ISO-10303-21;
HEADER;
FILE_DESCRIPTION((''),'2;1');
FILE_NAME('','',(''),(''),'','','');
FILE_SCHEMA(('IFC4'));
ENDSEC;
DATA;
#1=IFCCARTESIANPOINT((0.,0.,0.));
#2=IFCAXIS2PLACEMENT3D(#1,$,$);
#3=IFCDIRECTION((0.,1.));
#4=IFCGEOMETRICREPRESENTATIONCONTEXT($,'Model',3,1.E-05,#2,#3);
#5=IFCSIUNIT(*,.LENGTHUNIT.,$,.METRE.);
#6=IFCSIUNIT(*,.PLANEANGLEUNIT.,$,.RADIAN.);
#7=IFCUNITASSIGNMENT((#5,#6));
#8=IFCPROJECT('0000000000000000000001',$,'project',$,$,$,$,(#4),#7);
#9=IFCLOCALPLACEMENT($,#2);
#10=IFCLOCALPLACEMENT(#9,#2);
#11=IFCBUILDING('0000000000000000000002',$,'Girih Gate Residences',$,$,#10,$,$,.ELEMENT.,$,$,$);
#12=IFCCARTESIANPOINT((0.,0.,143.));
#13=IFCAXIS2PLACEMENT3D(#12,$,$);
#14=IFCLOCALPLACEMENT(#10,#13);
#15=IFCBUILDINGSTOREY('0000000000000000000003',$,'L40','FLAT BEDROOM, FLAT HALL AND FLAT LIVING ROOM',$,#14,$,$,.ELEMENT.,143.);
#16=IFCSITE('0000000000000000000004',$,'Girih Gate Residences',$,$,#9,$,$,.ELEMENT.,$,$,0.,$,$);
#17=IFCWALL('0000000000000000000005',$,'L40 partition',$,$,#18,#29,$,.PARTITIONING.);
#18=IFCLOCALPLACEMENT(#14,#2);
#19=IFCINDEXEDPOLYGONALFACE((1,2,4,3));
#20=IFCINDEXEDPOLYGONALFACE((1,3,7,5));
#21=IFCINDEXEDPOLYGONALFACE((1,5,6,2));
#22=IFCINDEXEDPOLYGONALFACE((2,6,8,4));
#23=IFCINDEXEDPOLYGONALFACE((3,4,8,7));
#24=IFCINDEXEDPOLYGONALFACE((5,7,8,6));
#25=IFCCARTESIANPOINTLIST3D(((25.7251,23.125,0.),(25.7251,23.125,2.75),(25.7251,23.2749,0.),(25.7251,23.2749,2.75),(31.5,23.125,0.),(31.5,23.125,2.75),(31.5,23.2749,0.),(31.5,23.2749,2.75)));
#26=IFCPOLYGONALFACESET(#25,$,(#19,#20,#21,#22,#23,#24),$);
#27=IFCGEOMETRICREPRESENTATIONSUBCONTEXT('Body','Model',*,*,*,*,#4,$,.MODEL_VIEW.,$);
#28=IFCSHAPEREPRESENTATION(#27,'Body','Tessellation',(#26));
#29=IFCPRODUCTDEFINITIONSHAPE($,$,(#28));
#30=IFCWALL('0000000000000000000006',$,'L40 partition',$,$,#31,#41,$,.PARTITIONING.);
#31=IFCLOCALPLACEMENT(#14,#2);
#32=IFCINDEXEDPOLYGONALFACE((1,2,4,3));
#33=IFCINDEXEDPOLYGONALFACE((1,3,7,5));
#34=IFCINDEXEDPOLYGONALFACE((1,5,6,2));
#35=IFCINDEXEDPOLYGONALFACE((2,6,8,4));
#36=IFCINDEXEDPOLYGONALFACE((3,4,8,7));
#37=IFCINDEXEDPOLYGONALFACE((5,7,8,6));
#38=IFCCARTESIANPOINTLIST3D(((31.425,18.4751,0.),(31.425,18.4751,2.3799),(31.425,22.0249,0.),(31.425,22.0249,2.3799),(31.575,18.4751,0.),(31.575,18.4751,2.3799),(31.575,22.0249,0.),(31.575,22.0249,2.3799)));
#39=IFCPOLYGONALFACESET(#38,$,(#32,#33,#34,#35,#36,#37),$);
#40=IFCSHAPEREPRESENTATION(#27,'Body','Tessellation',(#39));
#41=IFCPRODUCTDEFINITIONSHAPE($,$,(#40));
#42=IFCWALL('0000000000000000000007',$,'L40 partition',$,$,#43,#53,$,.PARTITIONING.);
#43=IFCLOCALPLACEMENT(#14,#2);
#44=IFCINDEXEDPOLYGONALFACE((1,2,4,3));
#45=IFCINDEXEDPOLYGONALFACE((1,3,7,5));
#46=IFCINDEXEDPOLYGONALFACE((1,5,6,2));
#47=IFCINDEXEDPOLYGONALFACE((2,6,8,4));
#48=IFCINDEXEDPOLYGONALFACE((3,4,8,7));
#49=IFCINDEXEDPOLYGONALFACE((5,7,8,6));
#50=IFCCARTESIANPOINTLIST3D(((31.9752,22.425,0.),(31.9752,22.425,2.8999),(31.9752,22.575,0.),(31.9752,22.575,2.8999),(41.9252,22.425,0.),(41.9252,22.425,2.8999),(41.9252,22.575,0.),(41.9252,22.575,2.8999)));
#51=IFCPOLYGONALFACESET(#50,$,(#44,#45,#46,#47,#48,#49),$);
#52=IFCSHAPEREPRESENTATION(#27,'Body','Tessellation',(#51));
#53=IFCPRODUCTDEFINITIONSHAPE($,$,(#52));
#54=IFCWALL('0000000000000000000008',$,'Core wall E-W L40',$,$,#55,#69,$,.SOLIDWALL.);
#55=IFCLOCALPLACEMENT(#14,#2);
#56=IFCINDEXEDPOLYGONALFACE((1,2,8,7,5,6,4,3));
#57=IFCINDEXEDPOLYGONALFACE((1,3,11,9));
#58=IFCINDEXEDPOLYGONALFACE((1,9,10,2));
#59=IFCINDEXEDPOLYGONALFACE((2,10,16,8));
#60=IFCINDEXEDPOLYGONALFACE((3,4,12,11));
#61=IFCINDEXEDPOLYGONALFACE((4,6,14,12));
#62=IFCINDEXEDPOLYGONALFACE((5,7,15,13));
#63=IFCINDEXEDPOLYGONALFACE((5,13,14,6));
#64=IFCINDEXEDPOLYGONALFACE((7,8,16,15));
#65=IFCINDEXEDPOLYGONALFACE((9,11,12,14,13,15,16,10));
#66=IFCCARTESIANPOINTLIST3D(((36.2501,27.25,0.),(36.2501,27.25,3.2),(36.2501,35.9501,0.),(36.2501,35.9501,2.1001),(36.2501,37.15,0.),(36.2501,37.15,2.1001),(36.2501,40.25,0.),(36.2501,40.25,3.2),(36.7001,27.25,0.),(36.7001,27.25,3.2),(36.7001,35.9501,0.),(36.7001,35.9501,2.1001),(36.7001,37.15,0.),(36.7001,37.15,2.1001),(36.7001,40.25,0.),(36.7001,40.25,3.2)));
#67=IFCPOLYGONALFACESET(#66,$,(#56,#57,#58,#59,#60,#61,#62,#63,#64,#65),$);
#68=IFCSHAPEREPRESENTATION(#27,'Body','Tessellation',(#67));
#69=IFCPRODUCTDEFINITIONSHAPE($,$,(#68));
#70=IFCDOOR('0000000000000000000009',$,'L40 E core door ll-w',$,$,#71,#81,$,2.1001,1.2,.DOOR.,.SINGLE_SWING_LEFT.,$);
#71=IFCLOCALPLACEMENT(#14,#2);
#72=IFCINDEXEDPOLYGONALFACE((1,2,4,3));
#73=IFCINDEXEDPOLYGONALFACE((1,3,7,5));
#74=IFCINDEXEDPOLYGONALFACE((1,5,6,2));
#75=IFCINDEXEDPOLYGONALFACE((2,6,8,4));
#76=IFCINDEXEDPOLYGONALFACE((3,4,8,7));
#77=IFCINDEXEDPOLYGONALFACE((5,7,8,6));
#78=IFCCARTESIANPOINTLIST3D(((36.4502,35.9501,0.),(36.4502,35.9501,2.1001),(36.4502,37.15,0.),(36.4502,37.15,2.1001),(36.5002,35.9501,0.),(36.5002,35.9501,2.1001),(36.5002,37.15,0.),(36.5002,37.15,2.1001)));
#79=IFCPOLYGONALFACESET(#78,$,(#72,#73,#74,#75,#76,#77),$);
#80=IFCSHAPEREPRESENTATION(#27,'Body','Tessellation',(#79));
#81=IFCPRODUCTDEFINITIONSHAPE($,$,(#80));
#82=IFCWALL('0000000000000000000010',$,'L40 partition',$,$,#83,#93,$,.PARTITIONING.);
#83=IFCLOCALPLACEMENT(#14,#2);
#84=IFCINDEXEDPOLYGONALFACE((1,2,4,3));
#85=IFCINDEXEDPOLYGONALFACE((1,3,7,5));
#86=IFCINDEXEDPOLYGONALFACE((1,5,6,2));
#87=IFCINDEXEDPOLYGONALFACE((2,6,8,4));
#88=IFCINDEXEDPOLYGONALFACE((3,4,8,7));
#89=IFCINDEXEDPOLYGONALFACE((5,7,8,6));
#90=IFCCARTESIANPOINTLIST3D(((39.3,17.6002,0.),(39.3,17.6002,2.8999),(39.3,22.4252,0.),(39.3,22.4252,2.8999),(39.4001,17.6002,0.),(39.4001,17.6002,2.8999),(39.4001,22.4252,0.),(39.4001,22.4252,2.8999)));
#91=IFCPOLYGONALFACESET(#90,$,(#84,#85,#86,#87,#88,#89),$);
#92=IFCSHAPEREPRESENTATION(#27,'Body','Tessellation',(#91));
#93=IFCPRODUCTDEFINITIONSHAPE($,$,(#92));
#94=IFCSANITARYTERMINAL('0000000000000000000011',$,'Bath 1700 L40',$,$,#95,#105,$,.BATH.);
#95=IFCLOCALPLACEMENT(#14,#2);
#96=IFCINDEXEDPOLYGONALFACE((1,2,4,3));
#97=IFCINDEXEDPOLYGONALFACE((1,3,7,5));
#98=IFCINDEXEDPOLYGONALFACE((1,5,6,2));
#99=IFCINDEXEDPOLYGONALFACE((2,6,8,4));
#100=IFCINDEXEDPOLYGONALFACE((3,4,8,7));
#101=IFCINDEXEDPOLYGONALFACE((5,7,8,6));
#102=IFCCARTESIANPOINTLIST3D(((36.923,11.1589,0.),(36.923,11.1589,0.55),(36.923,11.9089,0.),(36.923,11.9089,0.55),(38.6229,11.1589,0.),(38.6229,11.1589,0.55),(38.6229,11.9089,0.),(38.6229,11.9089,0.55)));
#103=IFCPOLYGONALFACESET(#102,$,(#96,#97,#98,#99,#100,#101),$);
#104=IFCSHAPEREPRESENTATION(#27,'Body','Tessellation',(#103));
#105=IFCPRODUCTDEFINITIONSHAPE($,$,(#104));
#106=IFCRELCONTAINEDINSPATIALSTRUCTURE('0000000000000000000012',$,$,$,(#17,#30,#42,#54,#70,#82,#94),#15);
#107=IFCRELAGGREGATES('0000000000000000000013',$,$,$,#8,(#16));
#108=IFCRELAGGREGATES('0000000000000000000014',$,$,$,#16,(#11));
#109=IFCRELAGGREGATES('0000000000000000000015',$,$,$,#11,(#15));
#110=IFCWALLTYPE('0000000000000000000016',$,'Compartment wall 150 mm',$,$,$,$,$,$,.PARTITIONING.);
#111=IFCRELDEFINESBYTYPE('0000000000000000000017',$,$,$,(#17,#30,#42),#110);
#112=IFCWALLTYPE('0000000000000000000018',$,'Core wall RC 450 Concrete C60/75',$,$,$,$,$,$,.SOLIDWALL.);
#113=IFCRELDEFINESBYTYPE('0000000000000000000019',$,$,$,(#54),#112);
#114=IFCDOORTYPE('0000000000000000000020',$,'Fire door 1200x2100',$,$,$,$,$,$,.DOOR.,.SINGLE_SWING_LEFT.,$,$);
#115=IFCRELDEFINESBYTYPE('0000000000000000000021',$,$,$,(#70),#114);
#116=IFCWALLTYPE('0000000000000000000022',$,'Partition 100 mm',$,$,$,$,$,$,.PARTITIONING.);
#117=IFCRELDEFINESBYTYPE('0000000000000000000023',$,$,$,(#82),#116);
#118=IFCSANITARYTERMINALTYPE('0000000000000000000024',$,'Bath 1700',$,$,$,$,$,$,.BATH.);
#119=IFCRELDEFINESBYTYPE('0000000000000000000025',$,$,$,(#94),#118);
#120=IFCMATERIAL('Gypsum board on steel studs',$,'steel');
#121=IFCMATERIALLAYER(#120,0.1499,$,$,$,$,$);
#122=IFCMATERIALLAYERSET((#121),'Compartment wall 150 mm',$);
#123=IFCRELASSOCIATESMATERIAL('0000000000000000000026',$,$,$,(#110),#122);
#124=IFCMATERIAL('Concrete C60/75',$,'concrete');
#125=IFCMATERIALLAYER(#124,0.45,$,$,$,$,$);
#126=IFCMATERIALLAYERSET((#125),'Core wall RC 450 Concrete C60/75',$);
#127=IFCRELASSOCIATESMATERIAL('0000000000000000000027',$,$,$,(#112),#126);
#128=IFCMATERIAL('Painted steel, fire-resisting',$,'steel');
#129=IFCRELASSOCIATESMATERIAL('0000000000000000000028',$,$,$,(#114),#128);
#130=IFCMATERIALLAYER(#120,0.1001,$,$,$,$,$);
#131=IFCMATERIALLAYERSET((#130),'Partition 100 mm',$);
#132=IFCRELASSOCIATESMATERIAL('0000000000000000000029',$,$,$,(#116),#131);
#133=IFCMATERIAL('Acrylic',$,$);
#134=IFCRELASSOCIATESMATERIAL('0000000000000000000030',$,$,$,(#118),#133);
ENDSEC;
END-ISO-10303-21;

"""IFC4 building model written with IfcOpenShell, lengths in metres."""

from ifc_helpers import new_model, si_unit, direction, frame, frame_2d, origin, origin_2d, place, context, subcontext, project, spatial, rectangle, extrude, material, layer, layer_set, type_object, element, fill, save


model = new_model("IFC4")

# Units and contexts
model_context = context("Model", 3, precision=1e-05, world=origin(), true_north=direction((0.0, 1.0)))
body_context = subcontext(model_context, "Body", "Model", "MODEL_VIEW")
ifc_project = project(units=[si_unit("LENGTHUNIT", "METRE"), si_unit("PLANEANGLEUNIT", "RADIAN")], contexts=[model_context])

# Site, building, storey
site_placement = place(None, origin())
site = spatial("IfcSite", under=ifc_project, at=site_placement, Name="Girih Gate Residences", CompositionType="ELEMENT", RefElevation=0.0)
building_placement = place(site_placement, origin())
building = spatial("IfcBuilding", under=site, at=building_placement, Name="Girih Gate Residences", CompositionType="ELEMENT")
storey_placement = place(building_placement, frame((0.0, 0.0, 143.0)))
storey = spatial("IfcBuildingStorey", under=building, at=storey_placement, Name="L40", Description="FLAT BEDROOM, FLAT HALL AND FLAT LIVING ROOM", CompositionType="ELEMENT", Elevation=143.0)

# Shared definitions
ifc_material_1 = material(Name="Concrete C60/75", Category="concrete")

# Shared definitions
ifc_material_2 = material(Name="Gypsum board on steel studs", Category="steel")
ifc_layer_1 = layer(ifc_material_2, 0.1499)
ifc_layer_set_1 = layer_set([ifc_layer_1], Name="Compartment wall 150 mm")
wall_type_1 = type_object("IfcWallType", Name="Compartment wall 150 mm", PredefinedType="PARTITIONING", material=ifc_layer_set_1)

# Walls
wall_1_placement = place(storey_placement, frame((25.7251, 23.2, 0.0), z_axis=(0.0, 0.0, 1.0), x_axis=(1.0, 0.0, 0.0)))
element("IfcWall", 1, at=wall_1_placement, inside=storey, type_object=wall_type_1, Name="L40 partition", PredefinedType="PARTITIONING", context=body_context, shape_type="SweptSolid", body=[
    extrude(rectangle(XDim=5.7749, YDim=0.1499, at=frame_2d((2.8875, 0.0))), origin(), (0.0, 0.0, 1.0), 2.75),
])
wall_2_placement = place(storey_placement, frame((31.5, 18.4751, 0.0), z_axis=(0.0, 0.0, 1.0), x_axis=(0.0, 1.0, 0.0)))
element("IfcWall", 2, at=wall_2_placement, inside=storey, type_object=wall_type_1, Name="L40 partition", PredefinedType="PARTITIONING", context=body_context, shape_type="SweptSolid", body=[
    extrude(rectangle(XDim=3.5498, YDim=0.1499, at=frame_2d((1.7749, 0.0))), origin(), (0.0, 0.0, 1.0), 2.3799),
])
wall_3_placement = place(storey_placement, frame((31.9751, 22.5, 0.0), z_axis=(0.0, 0.0, 1.0), x_axis=(1.0, 0.0, 0.0)))
element("IfcWall", 3, at=wall_3_placement, inside=storey, type_object=wall_type_1, Name="L40 partition", PredefinedType="PARTITIONING", context=body_context, shape_type="SweptSolid", body=[
    extrude(rectangle(XDim=9.95, YDim=0.1499, at=frame_2d((4.9751, 0.0))), origin(), (0.0, 0.0, 1.0), 2.8999),
])

# Wall, opening, door
ifc_layer_2 = layer(ifc_material_1, 0.45)
ifc_layer_set_2 = layer_set([ifc_layer_2], Name="Core wall RC 450 Concrete C60/75")
wall_type_2 = type_object("IfcWallType", Name="Core wall RC 450 Concrete C60/75", PredefinedType="SOLIDWALL", material=ifc_layer_set_2)
wall_4_placement = place(storey_placement, frame((36.4751, 27.25, 0.0), z_axis=(0.0, 0.0, 1.0), x_axis=(0.0, 1.0, 0.0)))
wall_4 = element("IfcWall", 4, at=wall_4_placement, inside=storey, type_object=wall_type_2, Name="Core wall E-W L40", PredefinedType="SOLIDWALL", context=body_context, shape_type="SweptSolid", body=[
    extrude(rectangle(XDim=13.0, YDim=0.45, at=frame_2d((6.5, 0.0))), origin(), (0.0, 0.0, 1.0), 3.2),
])
opening_1_placement = place(wall_4_placement, frame((8.7, 0.0, 0.0)))
opening_1 = element("IfcOpeningElement", 5, at=opening_1_placement, cuts=wall_4, PredefinedType="OPENING", context=body_context, shape_type="SweptSolid", body=[
    extrude(rectangle(XDim=1.2, YDim=2.1001, at=frame_2d((0.6001, 1.05))), frame((0.0, 0.2349, 0.0), z_axis=(0.0, -1.0, 0.0), x_axis=(1.0, 0.0, 0.0)), (0.0, 0.0, 1.0), 0.47),
])
ifc_material_3 = material(Name="Painted steel, fire-resisting", Category="steel")
door_type_1 = type_object("IfcDoorType", Name="Fire door 1200x2100", OperationType="SINGLE_SWING_LEFT", PredefinedType="DOOR", material=ifc_material_3)
door_1_placement = place(opening_1_placement, origin())
door_1 = element("IfcDoor", 6, at=door_1_placement, inside=storey, type_object=door_type_1, Name="L40 E core door ll-w", OperationType="SINGLE_SWING_LEFT", OverallHeight=2.1001, OverallWidth=1.2, PredefinedType="DOOR", context=body_context, shape_type="SweptSolid", body=[
    extrude(rectangle(XDim=1.2, YDim=2.1001, at=frame_2d((0.6001, 1.05))), frame((0.0, 0.0249, 0.0), z_axis=(0.0, -1.0, 0.0), x_axis=(1.0, 0.0, 0.0)), (0.0, 0.0, 1.0), 0.05),
])
fill(opening_1, door_1)

# Wall
ifc_layer_3 = layer(ifc_material_2, 0.1001)
ifc_layer_set_3 = layer_set([ifc_layer_3], Name="Partition 100 mm")
wall_type_3 = type_object("IfcWallType", Name="Partition 100 mm", PredefinedType="PARTITIONING", material=ifc_layer_set_3)
wall_5_placement = place(storey_placement, frame((39.3501, 17.6001, 0.0), z_axis=(0.0, 0.0, 1.0), x_axis=(0.0, 1.0, 0.0)))
element("IfcWall", 7, at=wall_5_placement, inside=storey, type_object=wall_type_3, Name="L40 partition", PredefinedType="PARTITIONING", context=body_context, shape_type="SweptSolid", body=[
    extrude(rectangle(XDim=4.825, YDim=0.1001, at=frame_2d((2.4126, 0.0))), origin(), (0.0, 0.0, 1.0), 2.8999),
])

# Sanitary terminal
ifc_material_4 = material(Name="Acrylic")
sanitary_terminal_type = type_object("IfcSanitaryTerminalType", Name="Bath 1700", PredefinedType="BATH", material=ifc_material_4)
sanitary_terminal_placement = place(storey_placement, frame((37.7729, 11.5339, 0.0), z_axis=(0.0, 0.0, 1.0), x_axis=(1.0, 0.0, 0.0)))
element("IfcSanitaryTerminal", 8, at=sanitary_terminal_placement, inside=storey, type_object=sanitary_terminal_type, Name="Bath 1700 L40", PredefinedType="BATH", context=body_context, shape_type="SweptSolid", body=[
    extrude(rectangle(XDim=1.7, YDim=0.75, at=origin_2d()), origin(), (0.0, 0.0, 1.0), 0.55),
])

save(model, "model.ifc")
